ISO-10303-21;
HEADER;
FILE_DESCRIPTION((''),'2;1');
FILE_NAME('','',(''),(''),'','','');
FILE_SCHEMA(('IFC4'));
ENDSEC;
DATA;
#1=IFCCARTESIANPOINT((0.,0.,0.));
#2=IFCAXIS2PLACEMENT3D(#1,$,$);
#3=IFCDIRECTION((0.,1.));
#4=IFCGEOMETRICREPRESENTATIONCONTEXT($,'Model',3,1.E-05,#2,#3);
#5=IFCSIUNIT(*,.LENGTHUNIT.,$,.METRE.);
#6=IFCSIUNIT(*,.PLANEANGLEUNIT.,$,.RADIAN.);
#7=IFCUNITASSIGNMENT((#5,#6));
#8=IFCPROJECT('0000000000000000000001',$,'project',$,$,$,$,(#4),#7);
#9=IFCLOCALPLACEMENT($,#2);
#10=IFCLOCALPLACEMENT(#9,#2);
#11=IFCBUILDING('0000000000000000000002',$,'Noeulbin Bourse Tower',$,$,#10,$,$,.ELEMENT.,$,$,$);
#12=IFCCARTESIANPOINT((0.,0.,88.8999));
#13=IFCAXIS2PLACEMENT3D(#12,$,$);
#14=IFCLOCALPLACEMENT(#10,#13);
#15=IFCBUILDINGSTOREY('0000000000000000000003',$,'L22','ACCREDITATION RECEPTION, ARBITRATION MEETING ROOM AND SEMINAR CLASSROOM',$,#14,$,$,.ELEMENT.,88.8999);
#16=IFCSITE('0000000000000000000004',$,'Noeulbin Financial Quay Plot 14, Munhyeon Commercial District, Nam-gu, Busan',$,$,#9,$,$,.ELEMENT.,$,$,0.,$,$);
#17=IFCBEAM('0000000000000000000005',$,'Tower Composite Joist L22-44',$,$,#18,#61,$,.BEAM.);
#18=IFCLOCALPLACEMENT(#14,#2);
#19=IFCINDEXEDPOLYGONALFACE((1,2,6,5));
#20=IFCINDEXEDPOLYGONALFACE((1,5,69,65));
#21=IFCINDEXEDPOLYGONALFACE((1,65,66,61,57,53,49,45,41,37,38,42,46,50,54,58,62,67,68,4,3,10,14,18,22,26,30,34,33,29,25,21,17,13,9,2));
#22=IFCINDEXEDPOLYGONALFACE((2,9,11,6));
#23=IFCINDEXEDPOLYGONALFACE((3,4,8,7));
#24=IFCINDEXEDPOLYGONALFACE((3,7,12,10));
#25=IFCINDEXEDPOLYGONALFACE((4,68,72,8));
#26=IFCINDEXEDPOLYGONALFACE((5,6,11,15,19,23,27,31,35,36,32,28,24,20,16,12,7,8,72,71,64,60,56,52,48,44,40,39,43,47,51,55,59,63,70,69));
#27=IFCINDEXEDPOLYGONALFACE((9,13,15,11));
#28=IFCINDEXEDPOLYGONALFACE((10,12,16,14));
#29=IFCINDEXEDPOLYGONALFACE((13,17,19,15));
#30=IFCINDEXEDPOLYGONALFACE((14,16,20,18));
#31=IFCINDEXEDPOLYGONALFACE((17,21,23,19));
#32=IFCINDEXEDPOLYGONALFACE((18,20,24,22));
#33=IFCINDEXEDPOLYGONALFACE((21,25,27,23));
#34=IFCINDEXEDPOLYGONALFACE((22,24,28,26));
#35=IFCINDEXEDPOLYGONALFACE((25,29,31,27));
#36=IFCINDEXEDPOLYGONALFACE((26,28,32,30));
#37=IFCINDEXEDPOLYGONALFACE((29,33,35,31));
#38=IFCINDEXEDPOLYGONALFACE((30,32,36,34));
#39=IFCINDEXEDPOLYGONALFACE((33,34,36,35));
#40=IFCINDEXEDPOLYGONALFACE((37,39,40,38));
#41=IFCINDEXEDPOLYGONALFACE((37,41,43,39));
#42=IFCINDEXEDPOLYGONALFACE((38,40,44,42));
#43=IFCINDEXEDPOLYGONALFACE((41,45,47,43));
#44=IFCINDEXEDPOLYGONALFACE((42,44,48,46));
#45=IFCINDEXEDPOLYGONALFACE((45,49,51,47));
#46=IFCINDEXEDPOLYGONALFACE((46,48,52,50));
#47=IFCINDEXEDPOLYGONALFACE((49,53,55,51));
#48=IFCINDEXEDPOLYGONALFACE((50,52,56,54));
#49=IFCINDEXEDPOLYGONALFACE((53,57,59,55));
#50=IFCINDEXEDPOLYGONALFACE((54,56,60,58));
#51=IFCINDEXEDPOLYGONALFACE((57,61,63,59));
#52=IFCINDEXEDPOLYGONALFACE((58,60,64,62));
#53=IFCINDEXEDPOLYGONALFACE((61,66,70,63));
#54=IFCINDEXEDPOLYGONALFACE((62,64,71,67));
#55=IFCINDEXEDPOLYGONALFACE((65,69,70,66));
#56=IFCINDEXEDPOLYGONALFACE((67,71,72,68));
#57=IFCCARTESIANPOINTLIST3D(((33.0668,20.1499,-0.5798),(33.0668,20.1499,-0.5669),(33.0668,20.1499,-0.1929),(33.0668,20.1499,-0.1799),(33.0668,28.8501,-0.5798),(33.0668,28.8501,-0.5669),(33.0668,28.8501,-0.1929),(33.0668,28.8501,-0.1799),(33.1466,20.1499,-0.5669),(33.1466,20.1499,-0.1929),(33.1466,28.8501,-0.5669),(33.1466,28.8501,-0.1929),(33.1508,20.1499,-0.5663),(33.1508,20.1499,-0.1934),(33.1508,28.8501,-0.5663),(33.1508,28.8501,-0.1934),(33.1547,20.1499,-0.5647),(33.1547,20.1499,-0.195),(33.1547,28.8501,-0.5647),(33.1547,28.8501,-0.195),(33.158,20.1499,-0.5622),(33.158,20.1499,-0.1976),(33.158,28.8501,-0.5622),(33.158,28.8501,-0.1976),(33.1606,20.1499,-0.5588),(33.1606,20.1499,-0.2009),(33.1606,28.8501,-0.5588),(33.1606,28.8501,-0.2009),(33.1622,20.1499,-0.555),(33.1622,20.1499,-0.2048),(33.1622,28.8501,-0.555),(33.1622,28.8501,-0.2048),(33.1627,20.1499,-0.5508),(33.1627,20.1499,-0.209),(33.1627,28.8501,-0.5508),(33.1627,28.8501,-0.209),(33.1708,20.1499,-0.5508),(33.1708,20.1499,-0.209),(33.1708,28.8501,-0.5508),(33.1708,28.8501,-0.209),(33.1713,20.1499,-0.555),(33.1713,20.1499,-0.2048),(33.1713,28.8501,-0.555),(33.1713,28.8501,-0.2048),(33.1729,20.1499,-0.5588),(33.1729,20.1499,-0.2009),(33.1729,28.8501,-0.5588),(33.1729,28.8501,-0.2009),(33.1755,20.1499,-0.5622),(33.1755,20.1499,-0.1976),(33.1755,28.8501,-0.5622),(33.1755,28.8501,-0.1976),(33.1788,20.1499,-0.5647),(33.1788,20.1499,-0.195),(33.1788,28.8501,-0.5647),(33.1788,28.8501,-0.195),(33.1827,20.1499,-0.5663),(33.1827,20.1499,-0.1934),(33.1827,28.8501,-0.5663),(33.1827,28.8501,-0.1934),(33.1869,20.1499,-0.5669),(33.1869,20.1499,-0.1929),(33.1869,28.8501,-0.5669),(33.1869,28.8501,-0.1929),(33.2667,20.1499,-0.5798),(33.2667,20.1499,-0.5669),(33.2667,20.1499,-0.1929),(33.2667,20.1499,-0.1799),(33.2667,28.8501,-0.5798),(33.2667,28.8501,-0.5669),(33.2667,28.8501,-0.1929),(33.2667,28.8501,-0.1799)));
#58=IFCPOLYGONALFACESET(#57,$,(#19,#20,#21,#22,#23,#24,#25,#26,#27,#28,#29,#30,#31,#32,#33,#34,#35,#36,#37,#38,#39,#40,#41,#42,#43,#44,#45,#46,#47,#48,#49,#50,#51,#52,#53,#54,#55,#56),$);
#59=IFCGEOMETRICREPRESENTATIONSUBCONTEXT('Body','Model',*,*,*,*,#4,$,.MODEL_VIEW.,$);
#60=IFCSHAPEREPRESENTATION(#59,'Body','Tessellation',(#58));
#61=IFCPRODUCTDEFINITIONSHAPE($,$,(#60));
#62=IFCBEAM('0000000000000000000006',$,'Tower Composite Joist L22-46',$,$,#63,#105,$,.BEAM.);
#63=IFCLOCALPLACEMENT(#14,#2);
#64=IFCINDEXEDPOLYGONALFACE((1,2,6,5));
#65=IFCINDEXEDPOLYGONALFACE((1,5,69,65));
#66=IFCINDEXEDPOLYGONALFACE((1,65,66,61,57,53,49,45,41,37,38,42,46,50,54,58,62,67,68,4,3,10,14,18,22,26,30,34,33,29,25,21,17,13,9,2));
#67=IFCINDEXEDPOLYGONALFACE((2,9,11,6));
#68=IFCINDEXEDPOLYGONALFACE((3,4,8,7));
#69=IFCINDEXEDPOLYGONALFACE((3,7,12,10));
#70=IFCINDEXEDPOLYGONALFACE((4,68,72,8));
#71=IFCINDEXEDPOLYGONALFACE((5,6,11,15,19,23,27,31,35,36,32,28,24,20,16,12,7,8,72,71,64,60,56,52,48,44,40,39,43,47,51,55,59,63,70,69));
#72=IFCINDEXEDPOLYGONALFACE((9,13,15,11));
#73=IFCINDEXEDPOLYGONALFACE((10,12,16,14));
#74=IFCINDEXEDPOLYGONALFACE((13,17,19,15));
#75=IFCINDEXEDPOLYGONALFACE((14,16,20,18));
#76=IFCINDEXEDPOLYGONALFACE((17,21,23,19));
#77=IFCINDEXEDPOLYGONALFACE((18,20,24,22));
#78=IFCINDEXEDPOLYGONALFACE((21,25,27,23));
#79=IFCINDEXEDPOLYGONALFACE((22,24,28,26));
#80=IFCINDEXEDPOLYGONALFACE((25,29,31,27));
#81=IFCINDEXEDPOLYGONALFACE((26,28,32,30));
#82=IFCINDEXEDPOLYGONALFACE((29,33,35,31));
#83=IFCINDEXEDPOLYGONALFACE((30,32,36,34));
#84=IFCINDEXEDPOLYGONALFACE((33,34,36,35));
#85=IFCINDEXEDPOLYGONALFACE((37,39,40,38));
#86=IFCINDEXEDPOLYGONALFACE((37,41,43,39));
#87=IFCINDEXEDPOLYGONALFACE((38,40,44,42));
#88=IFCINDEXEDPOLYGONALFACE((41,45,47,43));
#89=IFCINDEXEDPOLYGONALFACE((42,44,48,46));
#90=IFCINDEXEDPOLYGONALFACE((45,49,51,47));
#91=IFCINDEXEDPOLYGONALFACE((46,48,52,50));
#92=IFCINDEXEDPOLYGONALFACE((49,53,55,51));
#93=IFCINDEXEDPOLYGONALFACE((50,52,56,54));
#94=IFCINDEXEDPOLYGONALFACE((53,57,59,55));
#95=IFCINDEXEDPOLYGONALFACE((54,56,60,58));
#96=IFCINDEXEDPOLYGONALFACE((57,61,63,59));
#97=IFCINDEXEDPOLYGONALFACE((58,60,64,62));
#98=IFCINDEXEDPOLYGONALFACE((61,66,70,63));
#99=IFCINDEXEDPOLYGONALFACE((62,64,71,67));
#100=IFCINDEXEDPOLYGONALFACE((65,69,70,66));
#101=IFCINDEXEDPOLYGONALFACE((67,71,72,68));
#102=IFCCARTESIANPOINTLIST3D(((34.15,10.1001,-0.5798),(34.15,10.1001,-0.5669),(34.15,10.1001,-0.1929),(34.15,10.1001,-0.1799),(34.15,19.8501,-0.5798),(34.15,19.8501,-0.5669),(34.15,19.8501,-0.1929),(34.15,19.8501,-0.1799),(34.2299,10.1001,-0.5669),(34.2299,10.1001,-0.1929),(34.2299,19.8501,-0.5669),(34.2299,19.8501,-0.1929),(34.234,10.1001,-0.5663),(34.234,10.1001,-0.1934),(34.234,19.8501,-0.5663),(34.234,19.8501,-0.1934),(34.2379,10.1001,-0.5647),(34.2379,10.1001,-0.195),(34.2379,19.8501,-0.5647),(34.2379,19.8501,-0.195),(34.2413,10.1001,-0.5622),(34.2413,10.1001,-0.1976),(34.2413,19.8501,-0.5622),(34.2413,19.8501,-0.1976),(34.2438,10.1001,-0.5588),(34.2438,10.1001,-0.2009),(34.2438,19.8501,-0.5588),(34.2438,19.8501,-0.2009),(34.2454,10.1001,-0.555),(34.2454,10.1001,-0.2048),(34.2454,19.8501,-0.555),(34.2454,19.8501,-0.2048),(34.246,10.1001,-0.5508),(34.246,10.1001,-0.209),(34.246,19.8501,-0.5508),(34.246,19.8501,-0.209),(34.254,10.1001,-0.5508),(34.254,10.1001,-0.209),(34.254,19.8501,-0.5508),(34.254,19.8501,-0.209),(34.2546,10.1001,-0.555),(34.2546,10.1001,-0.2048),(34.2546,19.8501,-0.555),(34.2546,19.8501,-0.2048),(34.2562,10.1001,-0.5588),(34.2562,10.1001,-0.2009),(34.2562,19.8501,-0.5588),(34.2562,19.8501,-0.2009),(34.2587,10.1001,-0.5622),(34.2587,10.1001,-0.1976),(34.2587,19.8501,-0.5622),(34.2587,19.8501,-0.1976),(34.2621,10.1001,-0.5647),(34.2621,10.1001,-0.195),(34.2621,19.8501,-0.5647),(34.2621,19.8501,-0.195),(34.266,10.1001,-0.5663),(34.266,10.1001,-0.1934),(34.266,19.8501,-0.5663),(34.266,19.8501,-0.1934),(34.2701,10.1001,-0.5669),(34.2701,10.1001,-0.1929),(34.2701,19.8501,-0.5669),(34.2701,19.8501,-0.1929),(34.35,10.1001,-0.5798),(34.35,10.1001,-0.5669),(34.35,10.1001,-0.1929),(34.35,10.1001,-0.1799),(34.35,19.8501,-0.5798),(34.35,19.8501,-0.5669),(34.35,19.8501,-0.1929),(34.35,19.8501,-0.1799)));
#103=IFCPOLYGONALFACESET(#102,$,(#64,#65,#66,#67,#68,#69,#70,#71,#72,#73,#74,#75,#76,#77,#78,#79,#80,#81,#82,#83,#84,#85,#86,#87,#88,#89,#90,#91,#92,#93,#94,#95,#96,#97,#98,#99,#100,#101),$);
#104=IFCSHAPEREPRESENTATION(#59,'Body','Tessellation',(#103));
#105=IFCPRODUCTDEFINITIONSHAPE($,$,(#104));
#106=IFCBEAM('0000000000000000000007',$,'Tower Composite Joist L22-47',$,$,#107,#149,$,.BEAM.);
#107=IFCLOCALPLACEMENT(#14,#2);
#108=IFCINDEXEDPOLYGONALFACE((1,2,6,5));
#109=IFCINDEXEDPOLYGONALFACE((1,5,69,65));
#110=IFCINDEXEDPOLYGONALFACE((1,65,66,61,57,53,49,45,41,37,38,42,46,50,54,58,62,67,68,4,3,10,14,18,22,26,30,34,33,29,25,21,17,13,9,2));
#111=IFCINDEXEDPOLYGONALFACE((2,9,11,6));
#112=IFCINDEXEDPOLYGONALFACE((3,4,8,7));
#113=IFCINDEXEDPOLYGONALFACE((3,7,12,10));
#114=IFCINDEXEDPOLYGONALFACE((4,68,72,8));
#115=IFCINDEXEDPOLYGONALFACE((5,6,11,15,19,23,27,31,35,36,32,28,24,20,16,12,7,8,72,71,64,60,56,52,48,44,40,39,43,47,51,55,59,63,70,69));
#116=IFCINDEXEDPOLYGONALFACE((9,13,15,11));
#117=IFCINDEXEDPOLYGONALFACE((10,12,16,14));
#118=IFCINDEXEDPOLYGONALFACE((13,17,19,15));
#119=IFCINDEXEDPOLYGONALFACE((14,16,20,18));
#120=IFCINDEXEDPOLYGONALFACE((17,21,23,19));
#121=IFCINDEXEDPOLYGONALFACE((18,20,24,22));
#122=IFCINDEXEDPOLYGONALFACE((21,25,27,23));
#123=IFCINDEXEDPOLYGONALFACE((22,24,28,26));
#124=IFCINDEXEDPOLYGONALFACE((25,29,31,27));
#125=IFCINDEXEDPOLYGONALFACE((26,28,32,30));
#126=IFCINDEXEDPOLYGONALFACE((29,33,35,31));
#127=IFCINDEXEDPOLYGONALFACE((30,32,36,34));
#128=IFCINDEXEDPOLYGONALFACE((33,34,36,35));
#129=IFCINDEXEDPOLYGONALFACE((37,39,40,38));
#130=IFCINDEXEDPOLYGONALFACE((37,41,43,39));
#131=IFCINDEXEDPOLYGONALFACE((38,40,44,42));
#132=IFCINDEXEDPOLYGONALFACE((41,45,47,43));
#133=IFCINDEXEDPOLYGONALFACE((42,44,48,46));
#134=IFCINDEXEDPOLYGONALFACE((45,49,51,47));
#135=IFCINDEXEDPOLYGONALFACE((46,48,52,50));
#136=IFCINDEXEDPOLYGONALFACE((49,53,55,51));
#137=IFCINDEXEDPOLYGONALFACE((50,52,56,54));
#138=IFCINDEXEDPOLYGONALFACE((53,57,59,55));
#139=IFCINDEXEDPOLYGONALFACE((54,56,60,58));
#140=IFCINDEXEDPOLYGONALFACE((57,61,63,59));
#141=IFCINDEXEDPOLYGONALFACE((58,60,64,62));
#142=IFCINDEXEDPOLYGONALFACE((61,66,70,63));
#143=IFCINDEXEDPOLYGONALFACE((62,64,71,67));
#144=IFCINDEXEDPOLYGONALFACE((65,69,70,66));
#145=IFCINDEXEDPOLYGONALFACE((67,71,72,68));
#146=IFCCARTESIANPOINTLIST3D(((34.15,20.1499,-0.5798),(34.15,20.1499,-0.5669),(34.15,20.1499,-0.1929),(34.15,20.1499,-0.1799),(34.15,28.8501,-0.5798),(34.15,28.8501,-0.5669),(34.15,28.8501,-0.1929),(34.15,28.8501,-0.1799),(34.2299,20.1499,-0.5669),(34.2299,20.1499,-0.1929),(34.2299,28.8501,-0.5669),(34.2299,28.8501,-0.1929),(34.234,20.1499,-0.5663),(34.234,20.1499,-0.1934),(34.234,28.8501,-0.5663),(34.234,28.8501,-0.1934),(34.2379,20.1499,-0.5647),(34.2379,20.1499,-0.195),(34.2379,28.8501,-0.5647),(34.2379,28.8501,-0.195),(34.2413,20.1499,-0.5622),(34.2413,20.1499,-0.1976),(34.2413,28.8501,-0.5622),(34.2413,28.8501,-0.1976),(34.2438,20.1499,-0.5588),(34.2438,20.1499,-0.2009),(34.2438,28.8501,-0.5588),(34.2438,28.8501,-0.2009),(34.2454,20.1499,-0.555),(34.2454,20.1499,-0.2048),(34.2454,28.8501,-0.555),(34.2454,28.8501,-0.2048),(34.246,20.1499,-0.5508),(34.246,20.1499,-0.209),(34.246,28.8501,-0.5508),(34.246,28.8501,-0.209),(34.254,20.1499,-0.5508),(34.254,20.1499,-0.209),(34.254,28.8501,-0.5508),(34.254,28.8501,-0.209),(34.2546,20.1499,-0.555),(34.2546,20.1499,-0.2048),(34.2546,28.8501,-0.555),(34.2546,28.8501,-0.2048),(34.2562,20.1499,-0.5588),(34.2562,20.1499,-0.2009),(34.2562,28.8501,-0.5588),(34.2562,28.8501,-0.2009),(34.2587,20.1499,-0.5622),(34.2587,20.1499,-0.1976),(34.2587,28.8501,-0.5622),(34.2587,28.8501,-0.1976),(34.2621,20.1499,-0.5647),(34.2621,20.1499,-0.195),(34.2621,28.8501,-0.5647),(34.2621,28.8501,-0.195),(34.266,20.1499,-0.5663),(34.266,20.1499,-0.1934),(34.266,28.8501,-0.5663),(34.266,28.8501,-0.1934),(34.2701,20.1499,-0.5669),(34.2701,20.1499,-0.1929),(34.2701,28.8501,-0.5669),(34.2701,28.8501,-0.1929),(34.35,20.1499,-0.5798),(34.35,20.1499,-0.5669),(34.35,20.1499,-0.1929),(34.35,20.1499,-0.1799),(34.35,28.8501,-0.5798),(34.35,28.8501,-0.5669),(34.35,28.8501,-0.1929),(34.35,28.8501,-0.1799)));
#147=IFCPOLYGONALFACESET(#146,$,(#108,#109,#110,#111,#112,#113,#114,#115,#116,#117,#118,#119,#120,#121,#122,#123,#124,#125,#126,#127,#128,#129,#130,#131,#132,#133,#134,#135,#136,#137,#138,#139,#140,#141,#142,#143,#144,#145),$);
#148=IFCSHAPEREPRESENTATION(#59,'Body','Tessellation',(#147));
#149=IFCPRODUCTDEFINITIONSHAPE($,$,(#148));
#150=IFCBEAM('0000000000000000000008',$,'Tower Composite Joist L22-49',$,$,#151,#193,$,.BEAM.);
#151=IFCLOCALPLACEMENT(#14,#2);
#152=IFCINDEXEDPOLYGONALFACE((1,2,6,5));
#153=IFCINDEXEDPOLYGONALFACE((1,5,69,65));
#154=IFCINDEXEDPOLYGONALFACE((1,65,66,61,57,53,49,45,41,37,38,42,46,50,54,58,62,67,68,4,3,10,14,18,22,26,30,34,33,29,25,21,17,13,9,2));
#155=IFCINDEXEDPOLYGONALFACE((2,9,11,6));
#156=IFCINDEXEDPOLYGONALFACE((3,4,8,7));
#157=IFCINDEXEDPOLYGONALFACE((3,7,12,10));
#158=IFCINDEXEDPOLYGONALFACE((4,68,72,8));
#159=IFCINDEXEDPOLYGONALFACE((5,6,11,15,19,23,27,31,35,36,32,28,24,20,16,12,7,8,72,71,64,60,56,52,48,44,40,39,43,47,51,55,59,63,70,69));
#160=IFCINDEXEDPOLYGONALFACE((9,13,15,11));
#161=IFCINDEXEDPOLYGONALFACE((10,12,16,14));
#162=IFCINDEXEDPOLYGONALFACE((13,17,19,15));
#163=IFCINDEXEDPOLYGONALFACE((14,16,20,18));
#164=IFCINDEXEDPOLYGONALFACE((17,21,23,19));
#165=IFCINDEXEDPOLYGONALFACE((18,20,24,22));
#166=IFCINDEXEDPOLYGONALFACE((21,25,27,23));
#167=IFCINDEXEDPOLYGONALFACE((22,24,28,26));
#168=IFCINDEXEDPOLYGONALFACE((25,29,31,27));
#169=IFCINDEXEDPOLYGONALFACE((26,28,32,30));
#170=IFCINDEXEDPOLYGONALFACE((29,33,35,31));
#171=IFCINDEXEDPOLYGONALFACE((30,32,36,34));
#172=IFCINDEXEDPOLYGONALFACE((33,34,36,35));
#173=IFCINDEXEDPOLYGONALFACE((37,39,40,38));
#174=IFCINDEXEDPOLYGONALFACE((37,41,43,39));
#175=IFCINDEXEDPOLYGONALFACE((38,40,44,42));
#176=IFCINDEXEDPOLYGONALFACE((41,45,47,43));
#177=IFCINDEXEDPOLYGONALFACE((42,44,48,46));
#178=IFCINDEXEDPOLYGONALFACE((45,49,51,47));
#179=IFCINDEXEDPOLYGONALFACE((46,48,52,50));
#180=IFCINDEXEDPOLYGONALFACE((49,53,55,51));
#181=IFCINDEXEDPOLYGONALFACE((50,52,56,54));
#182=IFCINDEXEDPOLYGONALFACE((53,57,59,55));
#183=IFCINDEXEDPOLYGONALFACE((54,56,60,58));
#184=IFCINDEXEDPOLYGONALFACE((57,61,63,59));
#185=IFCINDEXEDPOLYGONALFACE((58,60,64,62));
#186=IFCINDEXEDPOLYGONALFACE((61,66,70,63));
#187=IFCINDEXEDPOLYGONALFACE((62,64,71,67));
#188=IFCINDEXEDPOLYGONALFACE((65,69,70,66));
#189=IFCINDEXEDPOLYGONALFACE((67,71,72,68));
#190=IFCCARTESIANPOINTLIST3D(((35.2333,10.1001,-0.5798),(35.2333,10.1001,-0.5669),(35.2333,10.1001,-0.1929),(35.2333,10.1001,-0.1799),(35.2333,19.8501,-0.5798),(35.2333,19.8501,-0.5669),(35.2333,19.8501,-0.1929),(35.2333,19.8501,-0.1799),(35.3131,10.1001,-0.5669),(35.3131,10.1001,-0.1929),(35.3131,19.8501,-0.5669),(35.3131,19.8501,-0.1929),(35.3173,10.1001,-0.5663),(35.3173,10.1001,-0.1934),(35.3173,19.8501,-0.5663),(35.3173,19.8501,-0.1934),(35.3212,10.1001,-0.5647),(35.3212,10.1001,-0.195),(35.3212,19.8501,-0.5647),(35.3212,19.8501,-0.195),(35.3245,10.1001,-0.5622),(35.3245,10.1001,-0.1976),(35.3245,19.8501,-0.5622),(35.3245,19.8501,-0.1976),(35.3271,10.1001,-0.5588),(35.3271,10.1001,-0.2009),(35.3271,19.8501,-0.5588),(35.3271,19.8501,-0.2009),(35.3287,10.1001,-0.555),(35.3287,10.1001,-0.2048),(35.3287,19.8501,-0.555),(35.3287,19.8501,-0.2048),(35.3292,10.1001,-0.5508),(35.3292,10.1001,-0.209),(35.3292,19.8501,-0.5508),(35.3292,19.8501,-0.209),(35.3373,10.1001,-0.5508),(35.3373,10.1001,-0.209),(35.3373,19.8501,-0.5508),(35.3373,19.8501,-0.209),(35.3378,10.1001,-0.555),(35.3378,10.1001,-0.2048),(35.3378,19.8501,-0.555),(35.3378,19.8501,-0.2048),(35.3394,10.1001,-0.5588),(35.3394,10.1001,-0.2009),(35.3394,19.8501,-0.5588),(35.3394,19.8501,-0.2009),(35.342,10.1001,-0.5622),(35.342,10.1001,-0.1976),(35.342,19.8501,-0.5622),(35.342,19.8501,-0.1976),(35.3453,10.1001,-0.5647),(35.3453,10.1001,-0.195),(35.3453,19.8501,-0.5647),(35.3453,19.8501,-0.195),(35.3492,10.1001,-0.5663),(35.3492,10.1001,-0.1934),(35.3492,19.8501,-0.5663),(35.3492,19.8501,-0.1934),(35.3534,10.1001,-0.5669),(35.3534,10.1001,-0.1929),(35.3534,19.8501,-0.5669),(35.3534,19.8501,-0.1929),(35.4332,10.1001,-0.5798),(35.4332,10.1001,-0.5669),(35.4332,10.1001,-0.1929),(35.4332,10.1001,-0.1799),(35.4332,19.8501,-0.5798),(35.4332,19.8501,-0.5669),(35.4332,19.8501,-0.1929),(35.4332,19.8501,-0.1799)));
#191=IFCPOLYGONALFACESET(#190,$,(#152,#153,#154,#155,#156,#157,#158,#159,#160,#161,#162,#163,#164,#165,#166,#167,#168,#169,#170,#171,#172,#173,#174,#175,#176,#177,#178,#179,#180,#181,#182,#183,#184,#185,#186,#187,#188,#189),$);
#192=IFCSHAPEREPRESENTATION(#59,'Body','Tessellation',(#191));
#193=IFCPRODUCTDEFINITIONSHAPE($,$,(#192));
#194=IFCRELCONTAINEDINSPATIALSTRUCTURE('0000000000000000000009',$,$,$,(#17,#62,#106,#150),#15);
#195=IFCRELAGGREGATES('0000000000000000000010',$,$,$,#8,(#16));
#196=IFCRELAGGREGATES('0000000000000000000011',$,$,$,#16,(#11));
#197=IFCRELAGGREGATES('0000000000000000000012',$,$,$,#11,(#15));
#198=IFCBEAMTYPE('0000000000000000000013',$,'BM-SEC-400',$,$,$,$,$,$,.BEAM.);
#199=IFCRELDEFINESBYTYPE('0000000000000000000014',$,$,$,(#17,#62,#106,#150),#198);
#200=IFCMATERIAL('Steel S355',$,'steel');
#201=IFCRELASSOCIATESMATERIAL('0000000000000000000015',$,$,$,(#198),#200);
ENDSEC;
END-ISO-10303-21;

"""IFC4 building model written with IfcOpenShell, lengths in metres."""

from ifc_helpers import new_model, si_unit, direction, frame, origin, origin_2d, place, context, subcontext, project, spatial, i_section, extrude, material, material_profile, profile_set, type_object, element, save


model = new_model("IFC4")

# Units and contexts
model_context = context("Model", 3, precision=1e-05, world=origin(), true_north=direction((0.0, 1.0)))
body_context = subcontext(model_context, "Body", "Model", "MODEL_VIEW")
ifc_project = project(units=[si_unit("LENGTHUNIT", "METRE"), si_unit("PLANEANGLEUNIT", "RADIAN")], contexts=[model_context])

# Site, building, storey
site_placement = place(None, origin())
site = spatial("IfcSite", under=ifc_project, at=site_placement, Name="Noeulbin Financial Quay Plot 14, Munhyeon Commercial District, Nam-gu, Busan", CompositionType="ELEMENT", RefElevation=0.0)
building_placement = place(site_placement, origin())
building = spatial("IfcBuilding", under=site, at=building_placement, Name="Noeulbin Bourse Tower", CompositionType="ELEMENT")
storey_placement = place(building_placement, frame((0.0, 0.0, 88.8999)))
storey = spatial("IfcBuildingStorey", under=building, at=storey_placement, Name="L22", Description="ACCREDITATION RECEPTION, ARBITRATION MEETING ROOM AND SEMINAR CLASSROOM", CompositionType="ELEMENT", Elevation=88.8999)

# Beams
ifc_material_1 = material(Name="Steel S355", Category="steel")
ifc_material_profile_1 = material_profile(ifc_material_1, i_section(OverallWidth=0.2, OverallDepth=0.3999, WebThickness=0.0081, FlangeThickness=0.0129, FilletRadius=0.0161, at=origin_2d()), Name="H-400x200x8x13", Category="LoadBearing")
ifc_profile_set_1 = profile_set([ifc_material_profile_1], Name="Steel S355")
beam_type_1 = type_object("IfcBeamType", Name="BM-SEC-400", PredefinedType="BEAM", material=ifc_profile_set_1)
beam_1_placement = place(storey_placement, frame((33.1667, 20.1499, -0.3799), z_axis=(0.0, 1.0, 0.0), x_axis=(-1.0, 0.0, 0.0)))
element("IfcBeam", 1, at=beam_1_placement, inside=storey, type_object=beam_type_1, Name="Tower Composite Joist L22-44", PredefinedType="BEAM", context=body_context, shape_type="SweptSolid", body=[
    extrude(i_section(OverallWidth=0.2, OverallDepth=0.3999, WebThickness=0.0081, FlangeThickness=0.0129, FilletRadius=0.0161, at=origin_2d()), origin(), (0.0, 0.0, 1.0), 8.7002),
])
beam_2_placement = place(storey_placement, frame((34.25, 10.1001, -0.3799), z_axis=(0.0, 1.0, 0.0), x_axis=(-1.0, 0.0, 0.0)))
element("IfcBeam", 2, at=beam_2_placement, inside=storey, type_object=beam_type_1, Name="Tower Composite Joist L22-46", PredefinedType="BEAM", context=body_context, shape_type="SweptSolid", body=[
    extrude(i_section(OverallWidth=0.2, OverallDepth=0.3999, WebThickness=0.0081, FlangeThickness=0.0129, FilletRadius=0.0161, at=origin_2d()), origin(), (0.0, 0.0, 1.0), 9.75),
])
beam_3_placement = place(storey_placement, frame((34.25, 20.1499, -0.3799), z_axis=(0.0, 1.0, 0.0), x_axis=(-1.0, 0.0, 0.0)))
element("IfcBeam", 3, at=beam_3_placement, inside=storey, type_object=beam_type_1, Name="Tower Composite Joist L22-47", PredefinedType="BEAM", context=body_context, shape_type="SweptSolid", body=[
    extrude(i_section(OverallWidth=0.2, OverallDepth=0.3999, WebThickness=0.0081, FlangeThickness=0.0129, FilletRadius=0.0161, at=origin_2d()), origin(), (0.0, 0.0, 1.0), 8.7002),
])
beam_4_placement = place(storey_placement, frame((35.3333, 10.1001, -0.3799), z_axis=(0.0, 1.0, 0.0), x_axis=(-1.0, 0.0, 0.0)))
element("IfcBeam", 4, at=beam_4_placement, inside=storey, type_object=beam_type_1, Name="Tower Composite Joist L22-49", PredefinedType="BEAM", context=body_context, shape_type="SweptSolid", body=[
    extrude(i_section(OverallWidth=0.2, OverallDepth=0.3999, WebThickness=0.0081, FlangeThickness=0.0129, FilletRadius=0.0161, at=origin_2d()), origin(), (0.0, 0.0, 1.0), 9.75),
])

save(model, "model.ifc")
